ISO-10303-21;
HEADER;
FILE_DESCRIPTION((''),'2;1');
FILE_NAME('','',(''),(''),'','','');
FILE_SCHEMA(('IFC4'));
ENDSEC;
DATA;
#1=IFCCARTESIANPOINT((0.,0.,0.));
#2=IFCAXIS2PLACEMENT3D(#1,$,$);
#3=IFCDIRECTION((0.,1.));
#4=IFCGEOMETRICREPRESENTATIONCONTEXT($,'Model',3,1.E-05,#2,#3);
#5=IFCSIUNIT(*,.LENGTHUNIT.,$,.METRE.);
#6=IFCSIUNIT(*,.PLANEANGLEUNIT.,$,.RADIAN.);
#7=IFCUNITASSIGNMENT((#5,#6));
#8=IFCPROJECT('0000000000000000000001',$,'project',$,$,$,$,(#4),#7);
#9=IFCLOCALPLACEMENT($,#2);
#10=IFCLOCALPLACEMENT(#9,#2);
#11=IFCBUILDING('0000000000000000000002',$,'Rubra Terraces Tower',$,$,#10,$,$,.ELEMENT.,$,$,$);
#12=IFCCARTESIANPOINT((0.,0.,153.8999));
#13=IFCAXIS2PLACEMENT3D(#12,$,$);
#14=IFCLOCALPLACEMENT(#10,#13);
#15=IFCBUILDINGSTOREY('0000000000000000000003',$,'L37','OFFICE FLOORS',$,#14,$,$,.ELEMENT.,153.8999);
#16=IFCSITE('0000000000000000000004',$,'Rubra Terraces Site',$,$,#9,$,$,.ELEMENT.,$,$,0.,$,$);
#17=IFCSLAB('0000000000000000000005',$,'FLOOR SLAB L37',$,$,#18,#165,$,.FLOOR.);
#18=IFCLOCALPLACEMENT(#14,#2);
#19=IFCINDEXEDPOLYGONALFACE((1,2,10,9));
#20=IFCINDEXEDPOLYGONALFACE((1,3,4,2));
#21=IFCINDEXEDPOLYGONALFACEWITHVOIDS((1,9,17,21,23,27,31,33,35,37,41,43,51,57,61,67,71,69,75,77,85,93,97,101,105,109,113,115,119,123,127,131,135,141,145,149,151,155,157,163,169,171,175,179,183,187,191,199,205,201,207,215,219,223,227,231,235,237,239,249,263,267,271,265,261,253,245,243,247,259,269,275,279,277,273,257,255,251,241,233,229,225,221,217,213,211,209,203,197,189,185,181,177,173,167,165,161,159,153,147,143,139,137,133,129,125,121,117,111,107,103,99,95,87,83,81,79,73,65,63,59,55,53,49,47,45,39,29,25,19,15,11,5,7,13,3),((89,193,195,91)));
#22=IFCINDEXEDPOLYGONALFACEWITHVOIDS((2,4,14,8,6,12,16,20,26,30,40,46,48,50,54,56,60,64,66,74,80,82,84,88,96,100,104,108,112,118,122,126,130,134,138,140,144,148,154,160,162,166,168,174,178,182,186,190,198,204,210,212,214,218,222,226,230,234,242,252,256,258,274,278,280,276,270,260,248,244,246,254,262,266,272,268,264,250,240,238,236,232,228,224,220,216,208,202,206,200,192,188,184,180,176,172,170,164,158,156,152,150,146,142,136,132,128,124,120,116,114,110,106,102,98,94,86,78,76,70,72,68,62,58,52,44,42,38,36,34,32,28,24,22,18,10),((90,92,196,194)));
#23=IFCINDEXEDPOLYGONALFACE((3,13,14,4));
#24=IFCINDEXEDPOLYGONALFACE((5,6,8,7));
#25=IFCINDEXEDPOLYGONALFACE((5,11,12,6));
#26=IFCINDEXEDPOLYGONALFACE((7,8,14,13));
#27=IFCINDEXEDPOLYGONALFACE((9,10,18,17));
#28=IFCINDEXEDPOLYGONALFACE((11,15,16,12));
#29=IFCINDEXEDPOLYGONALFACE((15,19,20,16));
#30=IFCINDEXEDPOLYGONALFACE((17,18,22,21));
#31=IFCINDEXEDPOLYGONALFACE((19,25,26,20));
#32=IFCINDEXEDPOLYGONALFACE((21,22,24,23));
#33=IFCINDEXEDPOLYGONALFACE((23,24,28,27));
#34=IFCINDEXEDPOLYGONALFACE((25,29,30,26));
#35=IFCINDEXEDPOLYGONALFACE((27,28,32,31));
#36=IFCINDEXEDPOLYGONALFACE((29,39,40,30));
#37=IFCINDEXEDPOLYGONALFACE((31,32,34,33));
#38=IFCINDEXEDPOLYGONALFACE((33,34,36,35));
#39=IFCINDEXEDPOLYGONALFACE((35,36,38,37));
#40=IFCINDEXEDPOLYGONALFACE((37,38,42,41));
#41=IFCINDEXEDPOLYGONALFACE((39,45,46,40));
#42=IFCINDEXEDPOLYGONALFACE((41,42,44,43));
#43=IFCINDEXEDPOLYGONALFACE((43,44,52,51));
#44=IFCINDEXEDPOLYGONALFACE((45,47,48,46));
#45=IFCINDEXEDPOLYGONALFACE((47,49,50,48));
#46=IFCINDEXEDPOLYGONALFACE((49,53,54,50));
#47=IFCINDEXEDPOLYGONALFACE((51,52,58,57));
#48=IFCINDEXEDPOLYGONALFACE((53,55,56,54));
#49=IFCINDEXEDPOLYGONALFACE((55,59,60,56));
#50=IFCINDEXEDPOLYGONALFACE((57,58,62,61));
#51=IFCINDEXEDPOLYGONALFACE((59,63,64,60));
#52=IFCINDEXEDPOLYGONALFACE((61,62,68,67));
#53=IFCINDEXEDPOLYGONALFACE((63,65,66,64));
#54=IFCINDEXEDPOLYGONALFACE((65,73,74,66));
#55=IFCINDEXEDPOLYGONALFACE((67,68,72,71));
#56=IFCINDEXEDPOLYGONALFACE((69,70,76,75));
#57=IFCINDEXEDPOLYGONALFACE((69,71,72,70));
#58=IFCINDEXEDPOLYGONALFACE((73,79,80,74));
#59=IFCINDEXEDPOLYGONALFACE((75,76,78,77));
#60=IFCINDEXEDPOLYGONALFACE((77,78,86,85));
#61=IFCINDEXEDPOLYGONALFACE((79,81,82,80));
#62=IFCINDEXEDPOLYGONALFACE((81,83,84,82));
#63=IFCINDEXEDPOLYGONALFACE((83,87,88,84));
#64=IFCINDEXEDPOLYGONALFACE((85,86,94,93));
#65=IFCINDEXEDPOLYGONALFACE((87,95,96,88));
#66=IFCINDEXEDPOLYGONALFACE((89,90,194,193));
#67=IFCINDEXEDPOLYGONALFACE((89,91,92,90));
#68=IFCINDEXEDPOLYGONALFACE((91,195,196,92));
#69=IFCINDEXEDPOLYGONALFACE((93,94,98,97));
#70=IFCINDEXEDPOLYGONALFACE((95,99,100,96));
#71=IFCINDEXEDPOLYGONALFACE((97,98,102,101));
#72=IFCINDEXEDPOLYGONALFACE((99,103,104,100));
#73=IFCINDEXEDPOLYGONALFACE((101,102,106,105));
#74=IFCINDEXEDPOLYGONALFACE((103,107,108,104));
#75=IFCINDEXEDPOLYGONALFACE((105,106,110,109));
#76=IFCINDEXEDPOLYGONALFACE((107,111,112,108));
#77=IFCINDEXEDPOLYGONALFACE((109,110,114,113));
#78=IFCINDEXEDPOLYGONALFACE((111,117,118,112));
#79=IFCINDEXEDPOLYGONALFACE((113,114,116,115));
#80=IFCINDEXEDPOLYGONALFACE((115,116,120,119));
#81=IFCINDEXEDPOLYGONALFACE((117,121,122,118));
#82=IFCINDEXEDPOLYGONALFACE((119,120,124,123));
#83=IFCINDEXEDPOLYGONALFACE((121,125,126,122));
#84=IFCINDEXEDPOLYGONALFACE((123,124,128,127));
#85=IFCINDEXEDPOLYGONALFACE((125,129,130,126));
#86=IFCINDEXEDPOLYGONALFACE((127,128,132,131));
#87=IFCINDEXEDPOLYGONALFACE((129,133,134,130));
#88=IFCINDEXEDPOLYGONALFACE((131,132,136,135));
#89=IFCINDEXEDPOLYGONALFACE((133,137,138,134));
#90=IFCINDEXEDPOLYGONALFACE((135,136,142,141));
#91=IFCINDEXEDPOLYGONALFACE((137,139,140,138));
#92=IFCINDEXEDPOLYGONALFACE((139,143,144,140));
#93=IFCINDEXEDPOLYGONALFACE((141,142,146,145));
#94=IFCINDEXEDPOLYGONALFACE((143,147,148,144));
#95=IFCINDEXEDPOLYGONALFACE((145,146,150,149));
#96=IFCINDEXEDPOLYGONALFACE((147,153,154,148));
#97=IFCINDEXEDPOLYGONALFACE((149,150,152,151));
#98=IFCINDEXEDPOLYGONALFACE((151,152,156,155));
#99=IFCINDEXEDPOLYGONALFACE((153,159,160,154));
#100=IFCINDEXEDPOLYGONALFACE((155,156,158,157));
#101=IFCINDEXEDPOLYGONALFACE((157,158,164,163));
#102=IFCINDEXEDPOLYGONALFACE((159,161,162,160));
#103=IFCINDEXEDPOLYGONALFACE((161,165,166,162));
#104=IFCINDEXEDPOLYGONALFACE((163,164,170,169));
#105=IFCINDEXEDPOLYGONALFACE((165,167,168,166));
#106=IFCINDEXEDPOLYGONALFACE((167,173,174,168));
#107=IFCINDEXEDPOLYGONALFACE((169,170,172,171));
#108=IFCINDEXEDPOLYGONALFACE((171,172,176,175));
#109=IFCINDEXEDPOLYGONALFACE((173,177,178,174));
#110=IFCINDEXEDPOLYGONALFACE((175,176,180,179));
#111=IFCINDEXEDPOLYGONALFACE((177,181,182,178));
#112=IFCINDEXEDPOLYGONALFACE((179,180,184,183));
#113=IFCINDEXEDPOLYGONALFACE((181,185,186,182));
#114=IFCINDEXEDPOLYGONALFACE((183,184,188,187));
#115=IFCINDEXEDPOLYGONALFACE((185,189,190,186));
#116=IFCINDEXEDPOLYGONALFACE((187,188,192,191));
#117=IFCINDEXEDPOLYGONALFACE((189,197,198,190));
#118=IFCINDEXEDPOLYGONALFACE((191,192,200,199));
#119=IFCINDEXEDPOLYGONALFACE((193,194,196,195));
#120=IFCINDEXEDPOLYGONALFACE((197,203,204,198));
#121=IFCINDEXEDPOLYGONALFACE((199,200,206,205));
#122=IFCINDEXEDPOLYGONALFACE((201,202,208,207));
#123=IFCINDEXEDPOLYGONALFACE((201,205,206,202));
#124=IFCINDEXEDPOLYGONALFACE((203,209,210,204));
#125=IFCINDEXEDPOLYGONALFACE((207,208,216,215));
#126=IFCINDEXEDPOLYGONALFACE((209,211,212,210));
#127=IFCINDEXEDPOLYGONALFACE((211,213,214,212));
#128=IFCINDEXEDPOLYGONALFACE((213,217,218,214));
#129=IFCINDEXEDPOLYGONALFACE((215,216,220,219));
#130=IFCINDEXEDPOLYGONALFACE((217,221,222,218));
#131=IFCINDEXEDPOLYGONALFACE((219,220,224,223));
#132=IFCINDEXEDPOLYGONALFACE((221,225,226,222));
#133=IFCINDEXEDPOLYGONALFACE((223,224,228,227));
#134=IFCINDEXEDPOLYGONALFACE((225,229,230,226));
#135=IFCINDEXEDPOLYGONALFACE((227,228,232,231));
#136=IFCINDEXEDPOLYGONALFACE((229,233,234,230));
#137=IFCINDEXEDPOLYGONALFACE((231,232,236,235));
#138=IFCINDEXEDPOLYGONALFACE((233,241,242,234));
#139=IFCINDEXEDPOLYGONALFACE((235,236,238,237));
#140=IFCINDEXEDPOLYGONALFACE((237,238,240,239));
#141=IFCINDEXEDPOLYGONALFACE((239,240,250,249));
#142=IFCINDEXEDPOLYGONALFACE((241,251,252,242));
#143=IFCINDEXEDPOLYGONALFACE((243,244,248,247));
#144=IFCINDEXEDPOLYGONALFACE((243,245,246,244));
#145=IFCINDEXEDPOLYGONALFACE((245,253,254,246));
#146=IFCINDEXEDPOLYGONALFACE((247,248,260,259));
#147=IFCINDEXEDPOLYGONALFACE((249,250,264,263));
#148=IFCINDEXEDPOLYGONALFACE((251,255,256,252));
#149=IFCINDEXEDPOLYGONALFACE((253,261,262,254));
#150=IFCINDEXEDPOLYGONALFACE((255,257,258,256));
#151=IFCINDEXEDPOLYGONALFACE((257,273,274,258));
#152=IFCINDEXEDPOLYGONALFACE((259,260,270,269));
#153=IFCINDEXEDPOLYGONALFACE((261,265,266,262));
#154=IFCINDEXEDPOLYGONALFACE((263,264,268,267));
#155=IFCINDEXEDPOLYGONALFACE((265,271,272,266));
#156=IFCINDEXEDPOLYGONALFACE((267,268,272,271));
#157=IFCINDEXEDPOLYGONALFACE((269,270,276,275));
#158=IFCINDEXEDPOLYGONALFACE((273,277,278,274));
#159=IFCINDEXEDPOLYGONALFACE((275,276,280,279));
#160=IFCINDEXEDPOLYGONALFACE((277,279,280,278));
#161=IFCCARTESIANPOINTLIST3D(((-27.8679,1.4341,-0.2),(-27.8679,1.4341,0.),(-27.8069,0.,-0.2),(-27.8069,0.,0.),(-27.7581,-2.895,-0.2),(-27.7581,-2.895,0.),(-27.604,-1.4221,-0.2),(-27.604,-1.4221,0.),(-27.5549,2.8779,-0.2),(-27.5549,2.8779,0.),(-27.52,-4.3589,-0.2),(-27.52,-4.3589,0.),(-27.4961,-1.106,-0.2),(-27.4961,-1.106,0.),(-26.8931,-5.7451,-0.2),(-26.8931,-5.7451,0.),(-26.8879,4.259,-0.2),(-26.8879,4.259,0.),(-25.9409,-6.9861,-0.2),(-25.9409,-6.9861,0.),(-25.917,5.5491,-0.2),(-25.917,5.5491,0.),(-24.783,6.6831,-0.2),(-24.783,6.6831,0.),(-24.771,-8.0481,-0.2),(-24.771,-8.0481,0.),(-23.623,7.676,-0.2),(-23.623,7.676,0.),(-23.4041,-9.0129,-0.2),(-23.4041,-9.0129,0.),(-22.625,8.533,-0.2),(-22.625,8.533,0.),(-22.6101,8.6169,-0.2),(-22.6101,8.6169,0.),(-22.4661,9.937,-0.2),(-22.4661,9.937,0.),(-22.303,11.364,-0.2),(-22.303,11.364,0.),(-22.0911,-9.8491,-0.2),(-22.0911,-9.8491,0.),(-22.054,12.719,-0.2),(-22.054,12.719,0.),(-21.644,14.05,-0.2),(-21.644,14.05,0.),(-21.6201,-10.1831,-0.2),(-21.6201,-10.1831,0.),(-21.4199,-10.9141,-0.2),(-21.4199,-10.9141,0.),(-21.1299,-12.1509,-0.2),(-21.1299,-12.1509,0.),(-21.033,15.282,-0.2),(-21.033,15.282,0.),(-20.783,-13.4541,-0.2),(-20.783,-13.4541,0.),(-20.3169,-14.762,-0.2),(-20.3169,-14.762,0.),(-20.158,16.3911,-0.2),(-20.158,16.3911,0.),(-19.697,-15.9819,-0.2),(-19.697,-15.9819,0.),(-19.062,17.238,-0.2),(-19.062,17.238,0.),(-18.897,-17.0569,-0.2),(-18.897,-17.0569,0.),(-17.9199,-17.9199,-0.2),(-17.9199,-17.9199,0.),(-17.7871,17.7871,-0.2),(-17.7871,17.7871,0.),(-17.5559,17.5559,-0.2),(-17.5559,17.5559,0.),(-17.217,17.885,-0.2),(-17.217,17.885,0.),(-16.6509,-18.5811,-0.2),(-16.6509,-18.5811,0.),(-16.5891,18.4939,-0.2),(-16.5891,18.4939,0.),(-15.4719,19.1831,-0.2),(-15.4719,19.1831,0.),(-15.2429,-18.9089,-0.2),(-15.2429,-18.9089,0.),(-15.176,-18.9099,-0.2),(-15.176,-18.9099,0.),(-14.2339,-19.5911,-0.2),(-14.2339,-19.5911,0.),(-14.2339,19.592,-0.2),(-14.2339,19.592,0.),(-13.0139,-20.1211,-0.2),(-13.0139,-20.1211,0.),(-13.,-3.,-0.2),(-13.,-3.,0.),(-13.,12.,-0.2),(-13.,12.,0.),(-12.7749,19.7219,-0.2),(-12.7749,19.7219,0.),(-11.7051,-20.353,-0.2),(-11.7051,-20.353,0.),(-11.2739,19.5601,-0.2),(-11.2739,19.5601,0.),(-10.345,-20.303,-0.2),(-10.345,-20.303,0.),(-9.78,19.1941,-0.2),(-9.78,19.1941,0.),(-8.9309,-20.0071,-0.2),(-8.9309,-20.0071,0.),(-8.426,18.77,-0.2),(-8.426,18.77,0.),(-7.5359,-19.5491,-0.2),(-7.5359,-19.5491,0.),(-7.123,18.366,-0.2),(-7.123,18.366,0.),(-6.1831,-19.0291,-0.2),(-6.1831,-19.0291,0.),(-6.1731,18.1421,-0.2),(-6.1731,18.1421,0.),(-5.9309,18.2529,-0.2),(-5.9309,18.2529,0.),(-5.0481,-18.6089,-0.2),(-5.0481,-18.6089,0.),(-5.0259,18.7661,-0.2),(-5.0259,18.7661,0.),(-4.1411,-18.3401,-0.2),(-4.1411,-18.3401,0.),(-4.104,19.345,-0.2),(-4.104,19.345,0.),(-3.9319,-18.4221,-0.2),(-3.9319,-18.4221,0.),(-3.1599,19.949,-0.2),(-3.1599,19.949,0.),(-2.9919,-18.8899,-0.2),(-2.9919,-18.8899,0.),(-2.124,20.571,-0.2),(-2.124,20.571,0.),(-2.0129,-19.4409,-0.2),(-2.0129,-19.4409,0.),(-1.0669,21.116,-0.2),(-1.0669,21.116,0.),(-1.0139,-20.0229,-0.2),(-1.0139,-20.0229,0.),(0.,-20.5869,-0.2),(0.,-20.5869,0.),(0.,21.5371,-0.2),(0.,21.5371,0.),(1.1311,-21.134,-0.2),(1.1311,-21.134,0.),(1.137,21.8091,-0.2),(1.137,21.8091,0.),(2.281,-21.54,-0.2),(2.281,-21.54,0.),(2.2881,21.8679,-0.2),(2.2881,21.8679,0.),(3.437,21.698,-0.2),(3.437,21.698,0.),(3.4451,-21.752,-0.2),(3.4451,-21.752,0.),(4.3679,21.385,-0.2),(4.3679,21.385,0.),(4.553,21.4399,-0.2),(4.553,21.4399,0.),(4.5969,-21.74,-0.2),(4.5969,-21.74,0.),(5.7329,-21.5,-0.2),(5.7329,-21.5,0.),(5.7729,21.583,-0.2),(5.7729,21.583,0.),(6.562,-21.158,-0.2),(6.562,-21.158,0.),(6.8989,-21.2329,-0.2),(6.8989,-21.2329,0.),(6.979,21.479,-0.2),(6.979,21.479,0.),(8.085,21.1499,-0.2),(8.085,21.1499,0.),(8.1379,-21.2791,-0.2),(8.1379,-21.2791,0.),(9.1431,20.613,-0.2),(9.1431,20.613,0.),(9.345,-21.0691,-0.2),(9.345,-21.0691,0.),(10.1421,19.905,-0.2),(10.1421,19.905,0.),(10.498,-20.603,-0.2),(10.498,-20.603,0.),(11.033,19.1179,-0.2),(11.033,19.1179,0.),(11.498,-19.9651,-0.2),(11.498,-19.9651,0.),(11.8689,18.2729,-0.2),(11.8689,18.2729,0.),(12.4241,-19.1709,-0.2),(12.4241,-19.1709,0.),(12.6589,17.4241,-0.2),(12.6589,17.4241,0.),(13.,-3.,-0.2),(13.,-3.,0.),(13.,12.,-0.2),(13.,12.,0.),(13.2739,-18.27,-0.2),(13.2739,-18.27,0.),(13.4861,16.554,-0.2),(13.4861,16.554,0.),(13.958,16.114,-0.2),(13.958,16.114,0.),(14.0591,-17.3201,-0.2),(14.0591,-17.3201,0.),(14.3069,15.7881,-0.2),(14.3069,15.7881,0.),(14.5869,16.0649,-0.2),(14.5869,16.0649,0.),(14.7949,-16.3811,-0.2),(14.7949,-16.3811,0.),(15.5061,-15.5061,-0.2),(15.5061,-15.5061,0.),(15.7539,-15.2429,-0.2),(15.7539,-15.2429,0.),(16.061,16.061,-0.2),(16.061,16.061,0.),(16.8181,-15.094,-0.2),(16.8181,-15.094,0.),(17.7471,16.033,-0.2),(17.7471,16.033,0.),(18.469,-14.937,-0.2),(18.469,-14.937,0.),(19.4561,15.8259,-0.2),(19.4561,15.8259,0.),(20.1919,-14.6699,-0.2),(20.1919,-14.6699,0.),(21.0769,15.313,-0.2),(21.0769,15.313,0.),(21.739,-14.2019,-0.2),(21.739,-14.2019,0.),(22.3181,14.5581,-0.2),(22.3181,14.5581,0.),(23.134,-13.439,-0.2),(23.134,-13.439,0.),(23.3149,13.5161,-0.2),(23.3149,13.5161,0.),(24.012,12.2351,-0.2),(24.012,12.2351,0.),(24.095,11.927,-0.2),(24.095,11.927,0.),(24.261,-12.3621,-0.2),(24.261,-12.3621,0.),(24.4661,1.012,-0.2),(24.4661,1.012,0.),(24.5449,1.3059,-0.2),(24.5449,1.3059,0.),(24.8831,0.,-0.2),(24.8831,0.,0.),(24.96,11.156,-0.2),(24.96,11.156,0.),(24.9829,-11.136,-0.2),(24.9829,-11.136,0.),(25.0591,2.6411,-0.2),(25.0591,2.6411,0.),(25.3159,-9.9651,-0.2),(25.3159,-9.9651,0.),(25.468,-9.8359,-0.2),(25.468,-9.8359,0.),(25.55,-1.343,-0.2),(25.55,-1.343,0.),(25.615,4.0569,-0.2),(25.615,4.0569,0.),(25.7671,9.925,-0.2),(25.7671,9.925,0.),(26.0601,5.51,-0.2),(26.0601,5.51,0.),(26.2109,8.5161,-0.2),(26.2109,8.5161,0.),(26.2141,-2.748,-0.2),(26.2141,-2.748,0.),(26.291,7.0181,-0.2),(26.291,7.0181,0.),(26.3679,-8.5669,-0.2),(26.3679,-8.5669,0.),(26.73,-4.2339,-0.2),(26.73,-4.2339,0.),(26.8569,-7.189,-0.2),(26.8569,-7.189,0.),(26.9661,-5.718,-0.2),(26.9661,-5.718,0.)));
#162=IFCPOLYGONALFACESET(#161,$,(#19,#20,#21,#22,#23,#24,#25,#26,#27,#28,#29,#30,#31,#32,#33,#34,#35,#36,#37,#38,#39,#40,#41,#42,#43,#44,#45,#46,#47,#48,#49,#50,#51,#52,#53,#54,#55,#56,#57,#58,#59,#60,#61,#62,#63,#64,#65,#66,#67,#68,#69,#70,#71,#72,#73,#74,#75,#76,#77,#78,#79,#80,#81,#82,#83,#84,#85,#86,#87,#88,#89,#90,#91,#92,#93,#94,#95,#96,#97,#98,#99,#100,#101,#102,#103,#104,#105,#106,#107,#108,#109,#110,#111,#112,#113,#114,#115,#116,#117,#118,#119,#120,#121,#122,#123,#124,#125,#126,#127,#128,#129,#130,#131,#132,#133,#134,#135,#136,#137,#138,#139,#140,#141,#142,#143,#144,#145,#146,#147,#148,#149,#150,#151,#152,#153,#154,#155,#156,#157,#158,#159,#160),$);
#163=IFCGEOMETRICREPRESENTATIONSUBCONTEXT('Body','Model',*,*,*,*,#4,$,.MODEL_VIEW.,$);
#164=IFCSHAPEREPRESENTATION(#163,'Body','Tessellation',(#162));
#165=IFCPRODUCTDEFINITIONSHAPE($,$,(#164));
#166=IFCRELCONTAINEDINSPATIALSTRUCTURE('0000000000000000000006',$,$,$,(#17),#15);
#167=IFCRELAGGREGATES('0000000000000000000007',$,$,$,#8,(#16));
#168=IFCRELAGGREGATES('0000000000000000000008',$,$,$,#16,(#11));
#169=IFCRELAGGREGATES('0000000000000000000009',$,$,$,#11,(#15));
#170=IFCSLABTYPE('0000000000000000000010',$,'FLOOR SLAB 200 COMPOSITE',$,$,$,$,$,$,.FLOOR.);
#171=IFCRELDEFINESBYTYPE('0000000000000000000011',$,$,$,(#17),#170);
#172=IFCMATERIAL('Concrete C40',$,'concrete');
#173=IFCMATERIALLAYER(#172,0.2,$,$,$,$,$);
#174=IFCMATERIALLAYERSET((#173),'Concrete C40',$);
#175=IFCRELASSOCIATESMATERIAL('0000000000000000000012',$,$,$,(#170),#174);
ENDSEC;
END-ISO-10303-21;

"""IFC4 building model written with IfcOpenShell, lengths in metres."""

from ifc_helpers import new_model, si_unit, direction, frame, origin, place, context, subcontext, project, spatial, polyline, outline, extrude, material, layer, layer_set, type_object, element, save


model = new_model("IFC4")

# Units and contexts
model_context = context("Model", 3, precision=1e-05, world=origin(), true_north=direction((0.0, 1.0)))
body_context = subcontext(model_context, "Body", "Model", "MODEL_VIEW")
ifc_project = project(units=[si_unit("LENGTHUNIT", "METRE"), si_unit("PLANEANGLEUNIT", "RADIAN")], contexts=[model_context])

# Site, building, storey
site_placement = place(None, origin())
site = spatial("IfcSite", under=ifc_project, at=site_placement, Name="Rubra Terraces Site", CompositionType="ELEMENT", RefElevation=0.0)
building_placement = place(site_placement, origin())
building = spatial("IfcBuilding", under=site, at=building_placement, Name="Rubra Terraces Tower", CompositionType="ELEMENT")
storey_placement = place(building_placement, frame((0.0, 0.0, 153.8999)))
storey = spatial("IfcBuildingStorey", under=building, at=storey_placement, Name="L37", Description="OFFICE FLOORS", CompositionType="ELEMENT", Elevation=153.8999)

# Shared definitions
ifc_material_1 = material(Name="Concrete C40", Category="concrete")

# Slab
ifc_layer_1 = layer(ifc_material_1, 0.2)
ifc_layer_set_1 = layer_set([ifc_layer_1], Name="Concrete C40")
slab_type_1 = type_object("IfcSlabType", Name="FLOOR SLAB 200 COMPOSITE", PredefinedType="FLOOR", material=ifc_layer_set_1)
slab_1_placement = place(storey_placement, frame((0.0, 0.0, -0.2)))
element("IfcSlab", 1, at=slab_1_placement, inside=storey, type_object=slab_type_1, Name="FLOOR SLAB L37", PredefinedType="FLOOR", context=body_context, shape_type="SweptSolid", body=[
    extrude(outline(polyline([(-5.0481, -18.6089), (-4.1411, -18.3401), (-3.9319, -18.4221), (-2.9919, -18.8899), (-2.0129, -19.4409), (-1.0139, -20.0229), (0.0, -20.5869), (1.1311, -21.134), (2.281, -21.54), (3.4451, -21.752), (4.5969, -21.74), (5.7329, -21.5), (6.562, -21.158), (6.8989, -21.2329), (8.1379, -21.2791), (9.345, -21.0691), (10.498, -20.603), (11.498, -19.9651), (12.4241, -19.1709), (13.2739, -18.27), (14.0591, -17.3201), (14.7949, -16.3811), (15.5061, -15.5061), (15.7539, -15.2429), (16.8181, -15.094), (18.469, -14.937), (20.1919, -14.6699), (21.739, -14.2019), (23.134, -13.439), (24.261, -12.3621), (24.9829, -11.136), (25.3159, -9.9651), (25.468, -9.8359), (26.3679, -8.5669), (26.8569, -7.189), (26.9661, -5.718), (26.73, -4.2339), (26.2141, -2.748), (25.55, -1.343), (24.8831, 0.0), (24.4661, 1.012), (24.5449, 1.3059), (25.0591, 2.6411), (25.615, 4.0569), (26.0601, 5.51), (26.291, 7.0181), (26.2109, 8.5161), (25.7671, 9.925), (24.96, 11.156), (24.095, 11.927), (24.012, 12.2351), (23.3149, 13.5161), (22.3181, 14.5581), (21.0769, 15.313), (19.4561, 15.8259), (17.7471, 16.033), (16.061, 16.061), (14.5869, 16.0649), (13.958, 16.114), (14.3069, 15.7881), (13.4861, 16.554), (12.6589, 17.4241), (11.8689, 18.2729), (11.033, 19.1179), (10.1421, 19.905), (9.1431, 20.613), (8.085, 21.1499), (6.979, 21.479), (5.7729, 21.583), (4.553, 21.4399), (4.3679, 21.385), (3.437, 21.698), (2.2881, 21.8679), (1.137, 21.8091), (0.0, 21.5371), (-1.0669, 21.116), (-2.124, 20.571), (-3.1599, 19.949), (-4.104, 19.345), (-5.0259, 18.7661), (-5.9309, 18.2529), (-6.1731, 18.1421), (-7.123, 18.366), (-8.426, 18.77), (-9.78, 19.1941), (-11.2739, 19.5601), (-12.7749, 19.7219), (-14.2339, 19.592), (-15.4719, 19.1831), (-16.5891, 18.4939), (-17.5559, 17.5559), (-17.217, 17.885), (-17.7871, 17.7871), (-19.062, 17.238), (-20.158, 16.3911), (-21.033, 15.282), (-21.644, 14.05), (-22.054, 12.719), (-22.303, 11.364), (-22.4661, 9.937), (-22.6101, 8.6169), (-22.625, 8.533), (-23.623, 7.676), (-24.783, 6.6831), (-25.917, 5.5491), (-26.8879, 4.259), (-27.5549, 2.8779), (-27.8679, 1.4341), (-27.8069, 0.0), (-27.4961, -1.106), (-27.604, -1.4221), (-27.7581, -2.895), (-27.52, -4.3589), (-26.8931, -5.7451), (-25.9409, -6.9861), (-24.771, -8.0481), (-23.4041, -9.0129), (-22.0911, -9.8491), (-21.6201, -10.1831), (-21.4199, -10.9141), (-21.1299, -12.1509), (-20.783, -13.4541), (-20.3169, -14.762), (-19.697, -15.9819), (-18.897, -17.0569), (-17.9199, -17.9199), (-16.6509, -18.5811), (-15.2429, -18.9089), (-15.176, -18.9099), (-14.2339, -19.5911), (-13.0139, -20.1211), (-11.7051, -20.353), (-10.345, -20.303), (-8.9309, -20.0071), (-7.5359, -19.5491), (-6.1831, -19.0291), (-5.0481, -18.6089)]), holes=[polyline([(13.0, 12.0), (13.0, -3.0), (-13.0, -3.0), (-13.0, 12.0), (13.0, 12.0)])]), origin(), (0.0, 0.0, 1.0), 0.2),
])

save(model, "model.ifc")
